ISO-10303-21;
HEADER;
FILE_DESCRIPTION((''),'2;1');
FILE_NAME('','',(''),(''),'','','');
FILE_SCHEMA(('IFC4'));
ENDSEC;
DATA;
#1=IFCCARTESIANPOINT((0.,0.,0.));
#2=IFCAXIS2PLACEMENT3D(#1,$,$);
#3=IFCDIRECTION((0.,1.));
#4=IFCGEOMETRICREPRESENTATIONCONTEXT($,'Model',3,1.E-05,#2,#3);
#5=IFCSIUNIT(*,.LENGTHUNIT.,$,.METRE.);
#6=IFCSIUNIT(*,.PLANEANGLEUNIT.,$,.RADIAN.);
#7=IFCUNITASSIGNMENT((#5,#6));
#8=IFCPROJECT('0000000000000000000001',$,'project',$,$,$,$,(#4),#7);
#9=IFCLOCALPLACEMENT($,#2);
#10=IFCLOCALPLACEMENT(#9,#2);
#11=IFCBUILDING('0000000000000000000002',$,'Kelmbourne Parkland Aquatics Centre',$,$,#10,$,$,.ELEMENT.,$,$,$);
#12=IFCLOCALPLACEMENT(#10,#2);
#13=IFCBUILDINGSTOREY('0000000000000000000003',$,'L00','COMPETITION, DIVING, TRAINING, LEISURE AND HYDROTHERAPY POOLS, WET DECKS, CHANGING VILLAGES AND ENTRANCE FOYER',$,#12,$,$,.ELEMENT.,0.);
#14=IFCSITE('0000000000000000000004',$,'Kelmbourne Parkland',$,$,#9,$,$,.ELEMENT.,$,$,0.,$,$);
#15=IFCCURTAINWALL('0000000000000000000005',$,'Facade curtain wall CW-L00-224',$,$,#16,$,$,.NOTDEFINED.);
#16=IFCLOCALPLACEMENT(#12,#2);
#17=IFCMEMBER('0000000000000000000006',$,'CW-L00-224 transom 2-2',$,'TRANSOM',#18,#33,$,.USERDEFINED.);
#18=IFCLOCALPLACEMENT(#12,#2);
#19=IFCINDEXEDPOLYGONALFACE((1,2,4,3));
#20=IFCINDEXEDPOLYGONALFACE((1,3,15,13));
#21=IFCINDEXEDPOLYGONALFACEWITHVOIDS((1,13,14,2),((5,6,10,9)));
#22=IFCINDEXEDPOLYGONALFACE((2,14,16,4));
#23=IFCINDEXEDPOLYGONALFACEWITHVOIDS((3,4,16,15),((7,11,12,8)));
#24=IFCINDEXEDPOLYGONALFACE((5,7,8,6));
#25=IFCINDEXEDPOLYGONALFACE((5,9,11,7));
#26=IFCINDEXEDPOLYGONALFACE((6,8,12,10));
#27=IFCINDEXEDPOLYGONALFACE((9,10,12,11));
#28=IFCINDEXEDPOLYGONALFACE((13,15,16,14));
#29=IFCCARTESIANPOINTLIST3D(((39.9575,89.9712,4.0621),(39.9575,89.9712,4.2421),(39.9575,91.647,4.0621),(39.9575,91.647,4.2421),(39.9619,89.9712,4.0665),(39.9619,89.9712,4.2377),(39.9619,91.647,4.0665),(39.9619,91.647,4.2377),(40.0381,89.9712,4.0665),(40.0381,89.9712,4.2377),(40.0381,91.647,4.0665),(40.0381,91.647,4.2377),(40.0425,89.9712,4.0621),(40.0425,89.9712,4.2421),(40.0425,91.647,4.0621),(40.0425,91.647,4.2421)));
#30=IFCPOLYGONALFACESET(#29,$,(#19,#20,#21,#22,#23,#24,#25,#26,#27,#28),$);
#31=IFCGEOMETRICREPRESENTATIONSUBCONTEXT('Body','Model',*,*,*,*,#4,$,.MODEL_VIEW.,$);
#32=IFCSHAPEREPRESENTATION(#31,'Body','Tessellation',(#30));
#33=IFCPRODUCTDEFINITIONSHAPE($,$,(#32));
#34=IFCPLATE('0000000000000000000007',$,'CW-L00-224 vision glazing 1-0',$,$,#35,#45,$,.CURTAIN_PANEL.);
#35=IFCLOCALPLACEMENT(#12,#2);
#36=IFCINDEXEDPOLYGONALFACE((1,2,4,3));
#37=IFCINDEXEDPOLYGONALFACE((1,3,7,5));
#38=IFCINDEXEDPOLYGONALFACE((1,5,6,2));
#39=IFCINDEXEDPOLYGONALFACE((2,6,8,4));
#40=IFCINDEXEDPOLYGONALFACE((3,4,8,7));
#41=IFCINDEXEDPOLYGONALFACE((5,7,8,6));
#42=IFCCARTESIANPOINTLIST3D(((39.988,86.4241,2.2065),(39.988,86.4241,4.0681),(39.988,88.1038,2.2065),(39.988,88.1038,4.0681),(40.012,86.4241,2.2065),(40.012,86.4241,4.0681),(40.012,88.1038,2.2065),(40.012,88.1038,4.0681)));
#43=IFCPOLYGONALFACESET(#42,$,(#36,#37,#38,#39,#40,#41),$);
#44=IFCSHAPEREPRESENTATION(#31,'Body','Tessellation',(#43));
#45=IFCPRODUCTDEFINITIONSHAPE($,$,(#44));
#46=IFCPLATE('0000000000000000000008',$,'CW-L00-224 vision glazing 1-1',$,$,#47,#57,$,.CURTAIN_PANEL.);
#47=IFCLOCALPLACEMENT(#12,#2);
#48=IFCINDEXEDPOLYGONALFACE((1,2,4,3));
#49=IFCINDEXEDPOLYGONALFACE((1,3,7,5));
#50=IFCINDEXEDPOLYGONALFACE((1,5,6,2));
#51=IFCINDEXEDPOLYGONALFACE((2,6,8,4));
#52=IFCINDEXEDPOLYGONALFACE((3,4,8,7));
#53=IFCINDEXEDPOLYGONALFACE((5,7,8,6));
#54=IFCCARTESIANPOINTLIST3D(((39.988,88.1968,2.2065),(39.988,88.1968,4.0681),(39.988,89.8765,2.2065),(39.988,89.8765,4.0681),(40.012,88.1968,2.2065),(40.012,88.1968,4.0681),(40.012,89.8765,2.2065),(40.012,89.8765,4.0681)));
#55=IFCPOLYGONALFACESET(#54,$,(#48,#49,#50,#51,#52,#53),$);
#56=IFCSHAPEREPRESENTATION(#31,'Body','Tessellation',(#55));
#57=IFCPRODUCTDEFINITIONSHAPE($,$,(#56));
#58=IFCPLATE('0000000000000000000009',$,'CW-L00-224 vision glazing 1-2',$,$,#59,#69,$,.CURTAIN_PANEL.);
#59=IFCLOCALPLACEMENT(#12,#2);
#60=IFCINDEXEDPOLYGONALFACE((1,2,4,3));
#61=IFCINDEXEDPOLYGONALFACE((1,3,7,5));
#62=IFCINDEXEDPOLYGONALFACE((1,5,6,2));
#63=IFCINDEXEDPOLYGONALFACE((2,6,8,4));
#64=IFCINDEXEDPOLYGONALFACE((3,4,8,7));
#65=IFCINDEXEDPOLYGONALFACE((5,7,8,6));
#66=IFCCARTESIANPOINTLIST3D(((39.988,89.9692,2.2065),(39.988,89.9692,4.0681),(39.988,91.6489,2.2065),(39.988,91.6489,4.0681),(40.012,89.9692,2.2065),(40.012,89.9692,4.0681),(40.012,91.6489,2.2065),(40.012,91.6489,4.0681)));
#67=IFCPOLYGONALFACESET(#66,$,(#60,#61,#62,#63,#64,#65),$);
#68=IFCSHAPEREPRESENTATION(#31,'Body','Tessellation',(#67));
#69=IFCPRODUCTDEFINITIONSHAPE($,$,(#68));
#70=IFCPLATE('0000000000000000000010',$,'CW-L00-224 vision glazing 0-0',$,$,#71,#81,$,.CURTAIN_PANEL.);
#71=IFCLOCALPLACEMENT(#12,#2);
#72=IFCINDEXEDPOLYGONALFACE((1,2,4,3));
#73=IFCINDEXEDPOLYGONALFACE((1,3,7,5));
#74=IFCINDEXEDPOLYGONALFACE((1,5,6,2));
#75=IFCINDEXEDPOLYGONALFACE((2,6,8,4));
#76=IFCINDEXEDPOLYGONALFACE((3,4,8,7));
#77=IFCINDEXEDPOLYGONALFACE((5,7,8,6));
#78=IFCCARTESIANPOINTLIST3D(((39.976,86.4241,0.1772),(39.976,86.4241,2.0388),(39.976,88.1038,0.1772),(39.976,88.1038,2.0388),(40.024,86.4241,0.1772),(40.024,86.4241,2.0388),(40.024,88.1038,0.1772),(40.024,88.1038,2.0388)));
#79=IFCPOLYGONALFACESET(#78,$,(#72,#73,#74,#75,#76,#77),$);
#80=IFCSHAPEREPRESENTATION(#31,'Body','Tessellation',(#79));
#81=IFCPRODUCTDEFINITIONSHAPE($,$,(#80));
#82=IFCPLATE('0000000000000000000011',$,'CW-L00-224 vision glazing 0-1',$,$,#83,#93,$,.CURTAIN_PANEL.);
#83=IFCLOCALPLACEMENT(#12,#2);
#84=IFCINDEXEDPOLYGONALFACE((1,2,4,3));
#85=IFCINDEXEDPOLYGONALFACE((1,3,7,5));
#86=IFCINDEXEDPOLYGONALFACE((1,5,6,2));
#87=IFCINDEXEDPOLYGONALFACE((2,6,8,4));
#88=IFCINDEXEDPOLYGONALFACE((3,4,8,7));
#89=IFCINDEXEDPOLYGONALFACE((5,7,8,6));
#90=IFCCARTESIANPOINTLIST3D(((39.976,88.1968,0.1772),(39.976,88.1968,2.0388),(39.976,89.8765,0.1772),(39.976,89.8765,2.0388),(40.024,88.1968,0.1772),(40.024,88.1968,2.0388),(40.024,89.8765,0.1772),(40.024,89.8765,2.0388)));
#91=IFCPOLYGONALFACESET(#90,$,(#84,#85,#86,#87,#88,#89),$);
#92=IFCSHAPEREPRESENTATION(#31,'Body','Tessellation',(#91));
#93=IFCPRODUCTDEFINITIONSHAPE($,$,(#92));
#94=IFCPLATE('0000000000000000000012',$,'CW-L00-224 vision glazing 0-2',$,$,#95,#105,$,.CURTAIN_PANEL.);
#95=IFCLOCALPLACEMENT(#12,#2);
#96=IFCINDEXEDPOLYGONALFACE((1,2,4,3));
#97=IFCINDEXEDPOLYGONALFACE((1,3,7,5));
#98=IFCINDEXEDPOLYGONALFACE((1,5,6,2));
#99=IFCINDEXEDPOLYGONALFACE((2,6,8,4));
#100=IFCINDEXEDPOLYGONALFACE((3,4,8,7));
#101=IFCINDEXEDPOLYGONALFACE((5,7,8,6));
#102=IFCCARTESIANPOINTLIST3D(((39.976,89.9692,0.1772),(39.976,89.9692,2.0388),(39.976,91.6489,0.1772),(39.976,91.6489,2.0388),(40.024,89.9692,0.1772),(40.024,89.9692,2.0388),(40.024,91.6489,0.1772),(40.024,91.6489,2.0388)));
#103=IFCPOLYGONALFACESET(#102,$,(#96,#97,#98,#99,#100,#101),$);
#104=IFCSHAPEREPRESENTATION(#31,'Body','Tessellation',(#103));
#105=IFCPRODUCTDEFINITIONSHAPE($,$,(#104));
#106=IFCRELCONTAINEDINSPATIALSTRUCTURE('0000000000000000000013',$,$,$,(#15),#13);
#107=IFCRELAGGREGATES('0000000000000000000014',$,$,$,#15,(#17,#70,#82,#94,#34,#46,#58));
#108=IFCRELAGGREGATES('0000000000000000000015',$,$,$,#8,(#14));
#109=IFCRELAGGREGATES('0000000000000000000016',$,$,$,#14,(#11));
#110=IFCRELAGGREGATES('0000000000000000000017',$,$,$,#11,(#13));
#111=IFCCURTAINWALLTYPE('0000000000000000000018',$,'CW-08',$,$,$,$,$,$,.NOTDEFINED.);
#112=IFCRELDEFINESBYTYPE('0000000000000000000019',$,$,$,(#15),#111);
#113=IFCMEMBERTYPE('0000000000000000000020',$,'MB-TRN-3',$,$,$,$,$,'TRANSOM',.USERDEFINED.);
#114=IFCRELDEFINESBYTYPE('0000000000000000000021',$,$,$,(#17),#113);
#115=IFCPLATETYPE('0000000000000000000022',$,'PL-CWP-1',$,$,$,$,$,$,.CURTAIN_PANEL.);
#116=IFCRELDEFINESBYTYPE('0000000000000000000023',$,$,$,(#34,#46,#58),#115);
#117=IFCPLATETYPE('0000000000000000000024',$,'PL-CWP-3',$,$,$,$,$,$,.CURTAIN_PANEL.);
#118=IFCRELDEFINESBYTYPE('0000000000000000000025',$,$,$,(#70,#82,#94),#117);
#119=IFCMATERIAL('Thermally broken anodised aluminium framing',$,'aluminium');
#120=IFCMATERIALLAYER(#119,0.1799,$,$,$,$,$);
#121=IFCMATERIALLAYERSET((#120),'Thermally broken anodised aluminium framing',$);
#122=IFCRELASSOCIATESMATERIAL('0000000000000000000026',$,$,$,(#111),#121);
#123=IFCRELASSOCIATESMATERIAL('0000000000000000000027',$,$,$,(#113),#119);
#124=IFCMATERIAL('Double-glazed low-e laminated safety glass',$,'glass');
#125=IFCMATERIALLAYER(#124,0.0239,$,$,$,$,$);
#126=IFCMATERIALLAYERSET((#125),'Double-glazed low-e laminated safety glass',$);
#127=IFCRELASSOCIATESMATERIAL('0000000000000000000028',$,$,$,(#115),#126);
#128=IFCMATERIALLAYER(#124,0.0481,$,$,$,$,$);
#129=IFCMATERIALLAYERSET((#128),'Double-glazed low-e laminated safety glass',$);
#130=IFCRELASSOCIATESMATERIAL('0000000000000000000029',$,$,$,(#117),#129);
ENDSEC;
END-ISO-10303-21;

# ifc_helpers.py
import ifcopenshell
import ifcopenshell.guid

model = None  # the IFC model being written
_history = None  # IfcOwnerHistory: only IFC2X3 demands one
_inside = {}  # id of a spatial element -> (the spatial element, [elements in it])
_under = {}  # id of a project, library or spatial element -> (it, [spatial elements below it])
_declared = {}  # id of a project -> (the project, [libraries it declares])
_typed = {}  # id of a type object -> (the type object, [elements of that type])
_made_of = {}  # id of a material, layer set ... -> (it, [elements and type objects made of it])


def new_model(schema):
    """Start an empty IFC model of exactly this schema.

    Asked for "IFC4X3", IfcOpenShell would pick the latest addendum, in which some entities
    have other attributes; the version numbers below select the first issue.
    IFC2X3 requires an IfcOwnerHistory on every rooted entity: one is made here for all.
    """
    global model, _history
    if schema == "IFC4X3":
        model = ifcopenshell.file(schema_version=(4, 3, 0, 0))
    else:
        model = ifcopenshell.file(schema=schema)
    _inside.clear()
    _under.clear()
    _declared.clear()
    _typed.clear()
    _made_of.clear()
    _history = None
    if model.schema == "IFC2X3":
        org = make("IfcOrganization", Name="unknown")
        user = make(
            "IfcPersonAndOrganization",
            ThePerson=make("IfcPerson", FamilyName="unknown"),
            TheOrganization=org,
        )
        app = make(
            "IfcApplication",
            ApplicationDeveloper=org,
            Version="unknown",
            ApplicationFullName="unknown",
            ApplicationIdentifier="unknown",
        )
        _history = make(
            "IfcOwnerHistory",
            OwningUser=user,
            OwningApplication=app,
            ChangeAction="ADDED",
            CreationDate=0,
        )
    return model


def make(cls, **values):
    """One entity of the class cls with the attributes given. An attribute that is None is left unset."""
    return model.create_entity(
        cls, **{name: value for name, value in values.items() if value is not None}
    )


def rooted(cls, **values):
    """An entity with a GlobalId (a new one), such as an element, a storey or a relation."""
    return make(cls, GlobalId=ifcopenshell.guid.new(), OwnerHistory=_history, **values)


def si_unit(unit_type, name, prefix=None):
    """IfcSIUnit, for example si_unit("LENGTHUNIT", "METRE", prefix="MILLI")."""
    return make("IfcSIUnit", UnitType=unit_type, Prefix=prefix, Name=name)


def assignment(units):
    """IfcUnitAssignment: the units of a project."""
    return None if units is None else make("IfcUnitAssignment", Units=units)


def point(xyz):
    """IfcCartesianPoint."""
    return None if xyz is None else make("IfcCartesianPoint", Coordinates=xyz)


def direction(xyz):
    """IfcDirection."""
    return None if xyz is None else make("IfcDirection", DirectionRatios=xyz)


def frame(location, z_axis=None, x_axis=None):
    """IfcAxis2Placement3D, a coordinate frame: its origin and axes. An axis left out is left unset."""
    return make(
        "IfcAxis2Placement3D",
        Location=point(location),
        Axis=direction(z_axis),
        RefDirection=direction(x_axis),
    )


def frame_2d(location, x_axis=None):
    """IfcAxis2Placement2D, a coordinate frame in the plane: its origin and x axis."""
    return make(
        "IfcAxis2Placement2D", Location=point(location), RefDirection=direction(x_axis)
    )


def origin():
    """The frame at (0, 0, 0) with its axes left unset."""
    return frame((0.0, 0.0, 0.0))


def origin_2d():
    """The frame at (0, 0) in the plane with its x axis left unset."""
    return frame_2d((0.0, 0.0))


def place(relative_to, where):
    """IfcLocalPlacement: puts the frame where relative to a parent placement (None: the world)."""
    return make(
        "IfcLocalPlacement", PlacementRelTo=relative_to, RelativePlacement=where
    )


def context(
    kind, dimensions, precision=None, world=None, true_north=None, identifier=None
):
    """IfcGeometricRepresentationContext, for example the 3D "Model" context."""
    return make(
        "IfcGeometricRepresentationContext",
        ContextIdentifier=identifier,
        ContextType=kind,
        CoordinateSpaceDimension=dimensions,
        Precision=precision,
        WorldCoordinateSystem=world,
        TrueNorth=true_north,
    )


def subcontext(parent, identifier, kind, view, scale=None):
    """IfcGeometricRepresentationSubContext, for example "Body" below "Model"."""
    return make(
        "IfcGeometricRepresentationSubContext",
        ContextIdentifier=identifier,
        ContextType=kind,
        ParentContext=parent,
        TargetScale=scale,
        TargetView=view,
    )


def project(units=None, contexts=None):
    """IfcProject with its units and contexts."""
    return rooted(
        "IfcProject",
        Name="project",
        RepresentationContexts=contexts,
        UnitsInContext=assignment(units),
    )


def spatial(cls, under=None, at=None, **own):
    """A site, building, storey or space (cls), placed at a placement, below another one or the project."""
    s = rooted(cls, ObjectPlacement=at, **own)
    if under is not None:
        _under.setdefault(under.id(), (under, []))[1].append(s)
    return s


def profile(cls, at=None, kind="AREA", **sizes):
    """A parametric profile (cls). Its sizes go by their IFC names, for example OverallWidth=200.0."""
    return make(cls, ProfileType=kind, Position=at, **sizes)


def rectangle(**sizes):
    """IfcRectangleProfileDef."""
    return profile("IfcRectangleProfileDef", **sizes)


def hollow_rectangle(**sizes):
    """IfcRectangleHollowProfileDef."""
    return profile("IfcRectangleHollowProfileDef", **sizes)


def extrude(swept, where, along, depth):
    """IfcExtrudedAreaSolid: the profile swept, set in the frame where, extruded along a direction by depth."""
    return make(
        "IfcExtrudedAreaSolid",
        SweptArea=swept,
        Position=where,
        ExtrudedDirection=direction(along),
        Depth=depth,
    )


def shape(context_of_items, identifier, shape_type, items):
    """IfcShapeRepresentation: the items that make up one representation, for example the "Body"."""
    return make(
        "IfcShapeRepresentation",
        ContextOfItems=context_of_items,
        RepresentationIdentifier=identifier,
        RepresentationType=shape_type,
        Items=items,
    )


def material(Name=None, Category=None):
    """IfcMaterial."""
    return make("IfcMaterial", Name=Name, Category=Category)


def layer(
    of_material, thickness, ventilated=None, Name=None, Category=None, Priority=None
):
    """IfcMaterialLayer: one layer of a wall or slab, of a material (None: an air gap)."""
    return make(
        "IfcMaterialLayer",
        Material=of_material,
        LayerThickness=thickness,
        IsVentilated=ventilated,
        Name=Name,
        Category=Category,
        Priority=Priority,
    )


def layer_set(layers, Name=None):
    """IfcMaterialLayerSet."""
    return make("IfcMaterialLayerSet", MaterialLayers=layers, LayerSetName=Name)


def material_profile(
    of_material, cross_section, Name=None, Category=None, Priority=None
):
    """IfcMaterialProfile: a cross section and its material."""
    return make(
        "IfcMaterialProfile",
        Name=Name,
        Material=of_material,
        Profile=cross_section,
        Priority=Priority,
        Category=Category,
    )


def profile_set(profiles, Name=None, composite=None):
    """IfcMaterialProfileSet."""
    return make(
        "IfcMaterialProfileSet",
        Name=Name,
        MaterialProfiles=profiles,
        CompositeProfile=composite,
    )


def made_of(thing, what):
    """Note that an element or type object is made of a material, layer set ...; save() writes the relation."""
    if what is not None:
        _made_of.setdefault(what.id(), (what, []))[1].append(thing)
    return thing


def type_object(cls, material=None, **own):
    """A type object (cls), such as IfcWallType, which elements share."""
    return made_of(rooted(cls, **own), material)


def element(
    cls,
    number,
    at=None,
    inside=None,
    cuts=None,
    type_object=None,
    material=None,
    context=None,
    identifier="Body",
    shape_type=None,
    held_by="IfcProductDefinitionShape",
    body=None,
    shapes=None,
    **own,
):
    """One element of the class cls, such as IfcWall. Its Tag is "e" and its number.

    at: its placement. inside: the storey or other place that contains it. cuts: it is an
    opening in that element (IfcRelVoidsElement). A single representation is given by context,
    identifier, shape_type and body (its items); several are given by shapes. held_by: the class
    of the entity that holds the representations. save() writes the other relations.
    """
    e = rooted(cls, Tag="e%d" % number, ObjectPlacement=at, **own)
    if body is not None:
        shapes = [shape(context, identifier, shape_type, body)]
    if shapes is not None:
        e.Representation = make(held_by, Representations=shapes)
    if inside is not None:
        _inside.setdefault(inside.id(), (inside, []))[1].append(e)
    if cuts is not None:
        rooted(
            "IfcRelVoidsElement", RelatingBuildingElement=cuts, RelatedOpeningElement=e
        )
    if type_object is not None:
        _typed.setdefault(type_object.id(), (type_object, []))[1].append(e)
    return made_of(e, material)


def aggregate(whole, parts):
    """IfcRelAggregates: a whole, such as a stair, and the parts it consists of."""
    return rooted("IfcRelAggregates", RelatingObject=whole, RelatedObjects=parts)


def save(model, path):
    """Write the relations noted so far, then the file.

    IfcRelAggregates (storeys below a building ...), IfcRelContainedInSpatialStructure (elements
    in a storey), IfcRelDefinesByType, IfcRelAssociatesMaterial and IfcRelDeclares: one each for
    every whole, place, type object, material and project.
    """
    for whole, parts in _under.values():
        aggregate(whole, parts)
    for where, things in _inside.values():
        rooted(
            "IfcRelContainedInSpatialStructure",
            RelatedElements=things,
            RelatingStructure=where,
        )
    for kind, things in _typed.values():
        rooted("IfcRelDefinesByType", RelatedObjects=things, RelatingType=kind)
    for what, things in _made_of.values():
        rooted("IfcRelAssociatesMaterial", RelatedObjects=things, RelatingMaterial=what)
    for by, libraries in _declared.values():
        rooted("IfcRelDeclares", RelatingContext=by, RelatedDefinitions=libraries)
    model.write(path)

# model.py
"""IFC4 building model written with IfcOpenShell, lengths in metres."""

from ifc_helpers import new_model, si_unit, direction, frame, origin, origin_2d, place, context, subcontext, project, spatial, rectangle, hollow_rectangle, extrude, material, layer, layer_set, material_profile, profile_set, type_object, element, aggregate, save


model = new_model("IFC4")

# Units and contexts
model_context = context("Model", 3, precision=1e-05, world=origin(), true_north=direction((0.0, 1.0)))
body_context = subcontext(model_context, "Body", "Model", "MODEL_VIEW")
ifc_project = project(units=[si_unit("LENGTHUNIT", "METRE"), si_unit("PLANEANGLEUNIT", "RADIAN")], contexts=[model_context])

# Site, building, storey
site_placement = place(None, origin())
site = spatial("IfcSite", under=ifc_project, at=site_placement, Name="Kelmbourne Parkland", CompositionType="ELEMENT", RefElevation=0.0)
building_placement = place(site_placement, origin())
building = spatial("IfcBuilding", under=site, at=building_placement, Name="Kelmbourne Parkland Aquatics Centre", CompositionType="ELEMENT")
storey_placement = place(building_placement, origin())
storey = spatial("IfcBuildingStorey", under=building, at=storey_placement, Name="L00", Description="COMPETITION, DIVING, TRAINING, LEISURE AND HYDROTHERAPY POOLS, WET DECKS, CHANGING VILLAGES AND ENTRANCE FOYER", CompositionType="ELEMENT", Elevation=0.0)

# Curtain wall, member, plates
ifc_material_1 = material(Name="Thermally broken anodised aluminium framing", Category="aluminium")
ifc_layer_1 = layer(ifc_material_1, 0.1799)
ifc_layer_set_1 = layer_set([ifc_layer_1], Name="Thermally broken anodised aluminium framing")
curtain_wall_type = type_object("IfcCurtainWallType", Name="CW-08", PredefinedType="NOTDEFINED", material=ifc_layer_set_1)
curtain_wall_placement = place(storey_placement, origin())
curtain_wall = element("IfcCurtainWall", 1, at=curtain_wall_placement, inside=storey, type_object=curtain_wall_type, Name="Facade curtain wall CW-L00-224", PredefinedType="NOTDEFINED")
ifc_material_profile_1 = material_profile(ifc_material_1, hollow_rectangle(XDim=0.085, YDim=0.1799, WallThickness=0.0044, at=origin_2d()), Name="CW-T 85x180")
ifc_profile_set_1 = profile_set([ifc_material_profile_1], Name="Thermally broken anodised aluminium framing")
member_type_1 = type_object("IfcMemberType", Name="MB-TRN-3", ElementType="TRANSOM", PredefinedType="USERDEFINED", material=ifc_profile_set_1)
member_1_placement = place(storey_placement, frame((40.0, 89.9712, 4.1521), z_axis=(0.0, 1.0, 0.0), x_axis=(-1.0, 0.0, 0.0)))
member_1 = element("IfcMember", 2, at=member_1_placement, type_object=member_type_1, Name="CW-L00-224 transom 2-2", ObjectType="TRANSOM", PredefinedType="USERDEFINED", context=body_context, shape_type="SweptSolid", body=[
    extrude(hollow_rectangle(XDim=0.085, YDim=0.1799, WallThickness=0.0044, at=origin_2d()), origin(), (0.0, 0.0, 1.0), 1.6758),
])
ifc_material_2 = material(Name="Double-glazed low-e laminated safety glass", Category="glass")
ifc_layer_2 = layer(ifc_material_2, 0.0239)
ifc_layer_set_2 = layer_set([ifc_layer_2], Name="Double-glazed low-e laminated safety glass")
plate_type_1 = type_object("IfcPlateType", Name="PL-CWP-1", PredefinedType="CURTAIN_PANEL", material=ifc_layer_set_2)
plate_1_placement = place(storey_placement, frame((40.0, 87.2639, 2.2065), z_axis=(0.0, 0.0, 1.0), x_axis=(0.0, 1.0, 0.0)))
plate_1 = element("IfcPlate", 3, at=plate_1_placement, type_object=plate_type_1, Name="CW-L00-224 vision glazing 1-0", PredefinedType="CURTAIN_PANEL", context=body_context, shape_type="SweptSolid", body=[
    extrude(rectangle(XDim=1.6797, YDim=0.0239, at=origin_2d()), origin(), (0.0, 0.0, 1.0), 1.8616),
])
plate_2_placement = place(storey_placement, frame((40.0, 89.0366, 2.2065), z_axis=(0.0, 0.0, 1.0), x_axis=(0.0, 1.0, 0.0)))
plate_2 = element("IfcPlate", 4, at=plate_2_placement, type_object=plate_type_1, Name="CW-L00-224 vision glazing 1-1", PredefinedType="CURTAIN_PANEL", context=body_context, shape_type="SweptSolid", body=[
    extrude(rectangle(XDim=1.6797, YDim=0.0239, at=origin_2d()), origin(), (0.0, 0.0, 1.0), 1.8616),
])
plate_3_placement = place(storey_placement, frame((40.0, 90.8091, 2.2065), z_axis=(0.0, 0.0, 1.0), x_axis=(0.0, 1.0, 0.0)))
plate_3 = element("IfcPlate", 5, at=plate_3_placement, type_object=plate_type_1, Name="CW-L00-224 vision glazing 1-2", PredefinedType="CURTAIN_PANEL", context=body_context, shape_type="SweptSolid", body=[
    extrude(rectangle(XDim=1.6797, YDim=0.0239, at=origin_2d()), origin(), (0.0, 0.0, 1.0), 1.8616),
])
ifc_layer_3 = layer(ifc_material_2, 0.0481)
ifc_layer_set_3 = layer_set([ifc_layer_3], Name="Double-glazed low-e laminated safety glass")
plate_type_2 = type_object("IfcPlateType", Name="PL-CWP-3", PredefinedType="CURTAIN_PANEL", material=ifc_layer_set_3)
plate_4_placement = place(storey_placement, frame((40.0, 87.2639, 0.1772), z_axis=(0.0, 0.0, 1.0), x_axis=(0.0, 1.0, 0.0)))
plate_4 = element("IfcPlate", 6, at=plate_4_placement, type_object=plate_type_2, Name="CW-L00-224 vision glazing 0-0", PredefinedType="CURTAIN_PANEL", context=body_context, shape_type="SweptSolid", body=[
    extrude(rectangle(XDim=1.6797, YDim=0.0481, at=origin_2d()), origin(), (0.0, 0.0, 1.0), 1.8616),
])
plate_5_placement = place(storey_placement, frame((40.0, 89.0366, 0.1772), z_axis=(0.0, 0.0, 1.0), x_axis=(0.0, 1.0, 0.0)))
plate_5 = element("IfcPlate", 7, at=plate_5_placement, type_object=plate_type_2, Name="CW-L00-224 vision glazing 0-1", PredefinedType="CURTAIN_PANEL", context=body_context, shape_type="SweptSolid", body=[
    extrude(rectangle(XDim=1.6797, YDim=0.0481, at=origin_2d()), origin(), (0.0, 0.0, 1.0), 1.8616),
])
plate_6_placement = place(storey_placement, frame((40.0, 90.8091, 0.1772), z_axis=(0.0, 0.0, 1.0), x_axis=(0.0, 1.0, 0.0)))
plate_6 = element("IfcPlate", 8, at=plate_6_placement, type_object=plate_type_2, Name="CW-L00-224 vision glazing 0-2", PredefinedType="CURTAIN_PANEL", context=body_context, shape_type="SweptSolid", body=[
    extrude(rectangle(XDim=1.6797, YDim=0.0481, at=origin_2d()), origin(), (0.0, 0.0, 1.0), 1.8616),
])
aggregate(curtain_wall, [member_1, plate_4, plate_5, plate_6, plate_1, plate_2, plate_3])

save(model, "model.ifc")
